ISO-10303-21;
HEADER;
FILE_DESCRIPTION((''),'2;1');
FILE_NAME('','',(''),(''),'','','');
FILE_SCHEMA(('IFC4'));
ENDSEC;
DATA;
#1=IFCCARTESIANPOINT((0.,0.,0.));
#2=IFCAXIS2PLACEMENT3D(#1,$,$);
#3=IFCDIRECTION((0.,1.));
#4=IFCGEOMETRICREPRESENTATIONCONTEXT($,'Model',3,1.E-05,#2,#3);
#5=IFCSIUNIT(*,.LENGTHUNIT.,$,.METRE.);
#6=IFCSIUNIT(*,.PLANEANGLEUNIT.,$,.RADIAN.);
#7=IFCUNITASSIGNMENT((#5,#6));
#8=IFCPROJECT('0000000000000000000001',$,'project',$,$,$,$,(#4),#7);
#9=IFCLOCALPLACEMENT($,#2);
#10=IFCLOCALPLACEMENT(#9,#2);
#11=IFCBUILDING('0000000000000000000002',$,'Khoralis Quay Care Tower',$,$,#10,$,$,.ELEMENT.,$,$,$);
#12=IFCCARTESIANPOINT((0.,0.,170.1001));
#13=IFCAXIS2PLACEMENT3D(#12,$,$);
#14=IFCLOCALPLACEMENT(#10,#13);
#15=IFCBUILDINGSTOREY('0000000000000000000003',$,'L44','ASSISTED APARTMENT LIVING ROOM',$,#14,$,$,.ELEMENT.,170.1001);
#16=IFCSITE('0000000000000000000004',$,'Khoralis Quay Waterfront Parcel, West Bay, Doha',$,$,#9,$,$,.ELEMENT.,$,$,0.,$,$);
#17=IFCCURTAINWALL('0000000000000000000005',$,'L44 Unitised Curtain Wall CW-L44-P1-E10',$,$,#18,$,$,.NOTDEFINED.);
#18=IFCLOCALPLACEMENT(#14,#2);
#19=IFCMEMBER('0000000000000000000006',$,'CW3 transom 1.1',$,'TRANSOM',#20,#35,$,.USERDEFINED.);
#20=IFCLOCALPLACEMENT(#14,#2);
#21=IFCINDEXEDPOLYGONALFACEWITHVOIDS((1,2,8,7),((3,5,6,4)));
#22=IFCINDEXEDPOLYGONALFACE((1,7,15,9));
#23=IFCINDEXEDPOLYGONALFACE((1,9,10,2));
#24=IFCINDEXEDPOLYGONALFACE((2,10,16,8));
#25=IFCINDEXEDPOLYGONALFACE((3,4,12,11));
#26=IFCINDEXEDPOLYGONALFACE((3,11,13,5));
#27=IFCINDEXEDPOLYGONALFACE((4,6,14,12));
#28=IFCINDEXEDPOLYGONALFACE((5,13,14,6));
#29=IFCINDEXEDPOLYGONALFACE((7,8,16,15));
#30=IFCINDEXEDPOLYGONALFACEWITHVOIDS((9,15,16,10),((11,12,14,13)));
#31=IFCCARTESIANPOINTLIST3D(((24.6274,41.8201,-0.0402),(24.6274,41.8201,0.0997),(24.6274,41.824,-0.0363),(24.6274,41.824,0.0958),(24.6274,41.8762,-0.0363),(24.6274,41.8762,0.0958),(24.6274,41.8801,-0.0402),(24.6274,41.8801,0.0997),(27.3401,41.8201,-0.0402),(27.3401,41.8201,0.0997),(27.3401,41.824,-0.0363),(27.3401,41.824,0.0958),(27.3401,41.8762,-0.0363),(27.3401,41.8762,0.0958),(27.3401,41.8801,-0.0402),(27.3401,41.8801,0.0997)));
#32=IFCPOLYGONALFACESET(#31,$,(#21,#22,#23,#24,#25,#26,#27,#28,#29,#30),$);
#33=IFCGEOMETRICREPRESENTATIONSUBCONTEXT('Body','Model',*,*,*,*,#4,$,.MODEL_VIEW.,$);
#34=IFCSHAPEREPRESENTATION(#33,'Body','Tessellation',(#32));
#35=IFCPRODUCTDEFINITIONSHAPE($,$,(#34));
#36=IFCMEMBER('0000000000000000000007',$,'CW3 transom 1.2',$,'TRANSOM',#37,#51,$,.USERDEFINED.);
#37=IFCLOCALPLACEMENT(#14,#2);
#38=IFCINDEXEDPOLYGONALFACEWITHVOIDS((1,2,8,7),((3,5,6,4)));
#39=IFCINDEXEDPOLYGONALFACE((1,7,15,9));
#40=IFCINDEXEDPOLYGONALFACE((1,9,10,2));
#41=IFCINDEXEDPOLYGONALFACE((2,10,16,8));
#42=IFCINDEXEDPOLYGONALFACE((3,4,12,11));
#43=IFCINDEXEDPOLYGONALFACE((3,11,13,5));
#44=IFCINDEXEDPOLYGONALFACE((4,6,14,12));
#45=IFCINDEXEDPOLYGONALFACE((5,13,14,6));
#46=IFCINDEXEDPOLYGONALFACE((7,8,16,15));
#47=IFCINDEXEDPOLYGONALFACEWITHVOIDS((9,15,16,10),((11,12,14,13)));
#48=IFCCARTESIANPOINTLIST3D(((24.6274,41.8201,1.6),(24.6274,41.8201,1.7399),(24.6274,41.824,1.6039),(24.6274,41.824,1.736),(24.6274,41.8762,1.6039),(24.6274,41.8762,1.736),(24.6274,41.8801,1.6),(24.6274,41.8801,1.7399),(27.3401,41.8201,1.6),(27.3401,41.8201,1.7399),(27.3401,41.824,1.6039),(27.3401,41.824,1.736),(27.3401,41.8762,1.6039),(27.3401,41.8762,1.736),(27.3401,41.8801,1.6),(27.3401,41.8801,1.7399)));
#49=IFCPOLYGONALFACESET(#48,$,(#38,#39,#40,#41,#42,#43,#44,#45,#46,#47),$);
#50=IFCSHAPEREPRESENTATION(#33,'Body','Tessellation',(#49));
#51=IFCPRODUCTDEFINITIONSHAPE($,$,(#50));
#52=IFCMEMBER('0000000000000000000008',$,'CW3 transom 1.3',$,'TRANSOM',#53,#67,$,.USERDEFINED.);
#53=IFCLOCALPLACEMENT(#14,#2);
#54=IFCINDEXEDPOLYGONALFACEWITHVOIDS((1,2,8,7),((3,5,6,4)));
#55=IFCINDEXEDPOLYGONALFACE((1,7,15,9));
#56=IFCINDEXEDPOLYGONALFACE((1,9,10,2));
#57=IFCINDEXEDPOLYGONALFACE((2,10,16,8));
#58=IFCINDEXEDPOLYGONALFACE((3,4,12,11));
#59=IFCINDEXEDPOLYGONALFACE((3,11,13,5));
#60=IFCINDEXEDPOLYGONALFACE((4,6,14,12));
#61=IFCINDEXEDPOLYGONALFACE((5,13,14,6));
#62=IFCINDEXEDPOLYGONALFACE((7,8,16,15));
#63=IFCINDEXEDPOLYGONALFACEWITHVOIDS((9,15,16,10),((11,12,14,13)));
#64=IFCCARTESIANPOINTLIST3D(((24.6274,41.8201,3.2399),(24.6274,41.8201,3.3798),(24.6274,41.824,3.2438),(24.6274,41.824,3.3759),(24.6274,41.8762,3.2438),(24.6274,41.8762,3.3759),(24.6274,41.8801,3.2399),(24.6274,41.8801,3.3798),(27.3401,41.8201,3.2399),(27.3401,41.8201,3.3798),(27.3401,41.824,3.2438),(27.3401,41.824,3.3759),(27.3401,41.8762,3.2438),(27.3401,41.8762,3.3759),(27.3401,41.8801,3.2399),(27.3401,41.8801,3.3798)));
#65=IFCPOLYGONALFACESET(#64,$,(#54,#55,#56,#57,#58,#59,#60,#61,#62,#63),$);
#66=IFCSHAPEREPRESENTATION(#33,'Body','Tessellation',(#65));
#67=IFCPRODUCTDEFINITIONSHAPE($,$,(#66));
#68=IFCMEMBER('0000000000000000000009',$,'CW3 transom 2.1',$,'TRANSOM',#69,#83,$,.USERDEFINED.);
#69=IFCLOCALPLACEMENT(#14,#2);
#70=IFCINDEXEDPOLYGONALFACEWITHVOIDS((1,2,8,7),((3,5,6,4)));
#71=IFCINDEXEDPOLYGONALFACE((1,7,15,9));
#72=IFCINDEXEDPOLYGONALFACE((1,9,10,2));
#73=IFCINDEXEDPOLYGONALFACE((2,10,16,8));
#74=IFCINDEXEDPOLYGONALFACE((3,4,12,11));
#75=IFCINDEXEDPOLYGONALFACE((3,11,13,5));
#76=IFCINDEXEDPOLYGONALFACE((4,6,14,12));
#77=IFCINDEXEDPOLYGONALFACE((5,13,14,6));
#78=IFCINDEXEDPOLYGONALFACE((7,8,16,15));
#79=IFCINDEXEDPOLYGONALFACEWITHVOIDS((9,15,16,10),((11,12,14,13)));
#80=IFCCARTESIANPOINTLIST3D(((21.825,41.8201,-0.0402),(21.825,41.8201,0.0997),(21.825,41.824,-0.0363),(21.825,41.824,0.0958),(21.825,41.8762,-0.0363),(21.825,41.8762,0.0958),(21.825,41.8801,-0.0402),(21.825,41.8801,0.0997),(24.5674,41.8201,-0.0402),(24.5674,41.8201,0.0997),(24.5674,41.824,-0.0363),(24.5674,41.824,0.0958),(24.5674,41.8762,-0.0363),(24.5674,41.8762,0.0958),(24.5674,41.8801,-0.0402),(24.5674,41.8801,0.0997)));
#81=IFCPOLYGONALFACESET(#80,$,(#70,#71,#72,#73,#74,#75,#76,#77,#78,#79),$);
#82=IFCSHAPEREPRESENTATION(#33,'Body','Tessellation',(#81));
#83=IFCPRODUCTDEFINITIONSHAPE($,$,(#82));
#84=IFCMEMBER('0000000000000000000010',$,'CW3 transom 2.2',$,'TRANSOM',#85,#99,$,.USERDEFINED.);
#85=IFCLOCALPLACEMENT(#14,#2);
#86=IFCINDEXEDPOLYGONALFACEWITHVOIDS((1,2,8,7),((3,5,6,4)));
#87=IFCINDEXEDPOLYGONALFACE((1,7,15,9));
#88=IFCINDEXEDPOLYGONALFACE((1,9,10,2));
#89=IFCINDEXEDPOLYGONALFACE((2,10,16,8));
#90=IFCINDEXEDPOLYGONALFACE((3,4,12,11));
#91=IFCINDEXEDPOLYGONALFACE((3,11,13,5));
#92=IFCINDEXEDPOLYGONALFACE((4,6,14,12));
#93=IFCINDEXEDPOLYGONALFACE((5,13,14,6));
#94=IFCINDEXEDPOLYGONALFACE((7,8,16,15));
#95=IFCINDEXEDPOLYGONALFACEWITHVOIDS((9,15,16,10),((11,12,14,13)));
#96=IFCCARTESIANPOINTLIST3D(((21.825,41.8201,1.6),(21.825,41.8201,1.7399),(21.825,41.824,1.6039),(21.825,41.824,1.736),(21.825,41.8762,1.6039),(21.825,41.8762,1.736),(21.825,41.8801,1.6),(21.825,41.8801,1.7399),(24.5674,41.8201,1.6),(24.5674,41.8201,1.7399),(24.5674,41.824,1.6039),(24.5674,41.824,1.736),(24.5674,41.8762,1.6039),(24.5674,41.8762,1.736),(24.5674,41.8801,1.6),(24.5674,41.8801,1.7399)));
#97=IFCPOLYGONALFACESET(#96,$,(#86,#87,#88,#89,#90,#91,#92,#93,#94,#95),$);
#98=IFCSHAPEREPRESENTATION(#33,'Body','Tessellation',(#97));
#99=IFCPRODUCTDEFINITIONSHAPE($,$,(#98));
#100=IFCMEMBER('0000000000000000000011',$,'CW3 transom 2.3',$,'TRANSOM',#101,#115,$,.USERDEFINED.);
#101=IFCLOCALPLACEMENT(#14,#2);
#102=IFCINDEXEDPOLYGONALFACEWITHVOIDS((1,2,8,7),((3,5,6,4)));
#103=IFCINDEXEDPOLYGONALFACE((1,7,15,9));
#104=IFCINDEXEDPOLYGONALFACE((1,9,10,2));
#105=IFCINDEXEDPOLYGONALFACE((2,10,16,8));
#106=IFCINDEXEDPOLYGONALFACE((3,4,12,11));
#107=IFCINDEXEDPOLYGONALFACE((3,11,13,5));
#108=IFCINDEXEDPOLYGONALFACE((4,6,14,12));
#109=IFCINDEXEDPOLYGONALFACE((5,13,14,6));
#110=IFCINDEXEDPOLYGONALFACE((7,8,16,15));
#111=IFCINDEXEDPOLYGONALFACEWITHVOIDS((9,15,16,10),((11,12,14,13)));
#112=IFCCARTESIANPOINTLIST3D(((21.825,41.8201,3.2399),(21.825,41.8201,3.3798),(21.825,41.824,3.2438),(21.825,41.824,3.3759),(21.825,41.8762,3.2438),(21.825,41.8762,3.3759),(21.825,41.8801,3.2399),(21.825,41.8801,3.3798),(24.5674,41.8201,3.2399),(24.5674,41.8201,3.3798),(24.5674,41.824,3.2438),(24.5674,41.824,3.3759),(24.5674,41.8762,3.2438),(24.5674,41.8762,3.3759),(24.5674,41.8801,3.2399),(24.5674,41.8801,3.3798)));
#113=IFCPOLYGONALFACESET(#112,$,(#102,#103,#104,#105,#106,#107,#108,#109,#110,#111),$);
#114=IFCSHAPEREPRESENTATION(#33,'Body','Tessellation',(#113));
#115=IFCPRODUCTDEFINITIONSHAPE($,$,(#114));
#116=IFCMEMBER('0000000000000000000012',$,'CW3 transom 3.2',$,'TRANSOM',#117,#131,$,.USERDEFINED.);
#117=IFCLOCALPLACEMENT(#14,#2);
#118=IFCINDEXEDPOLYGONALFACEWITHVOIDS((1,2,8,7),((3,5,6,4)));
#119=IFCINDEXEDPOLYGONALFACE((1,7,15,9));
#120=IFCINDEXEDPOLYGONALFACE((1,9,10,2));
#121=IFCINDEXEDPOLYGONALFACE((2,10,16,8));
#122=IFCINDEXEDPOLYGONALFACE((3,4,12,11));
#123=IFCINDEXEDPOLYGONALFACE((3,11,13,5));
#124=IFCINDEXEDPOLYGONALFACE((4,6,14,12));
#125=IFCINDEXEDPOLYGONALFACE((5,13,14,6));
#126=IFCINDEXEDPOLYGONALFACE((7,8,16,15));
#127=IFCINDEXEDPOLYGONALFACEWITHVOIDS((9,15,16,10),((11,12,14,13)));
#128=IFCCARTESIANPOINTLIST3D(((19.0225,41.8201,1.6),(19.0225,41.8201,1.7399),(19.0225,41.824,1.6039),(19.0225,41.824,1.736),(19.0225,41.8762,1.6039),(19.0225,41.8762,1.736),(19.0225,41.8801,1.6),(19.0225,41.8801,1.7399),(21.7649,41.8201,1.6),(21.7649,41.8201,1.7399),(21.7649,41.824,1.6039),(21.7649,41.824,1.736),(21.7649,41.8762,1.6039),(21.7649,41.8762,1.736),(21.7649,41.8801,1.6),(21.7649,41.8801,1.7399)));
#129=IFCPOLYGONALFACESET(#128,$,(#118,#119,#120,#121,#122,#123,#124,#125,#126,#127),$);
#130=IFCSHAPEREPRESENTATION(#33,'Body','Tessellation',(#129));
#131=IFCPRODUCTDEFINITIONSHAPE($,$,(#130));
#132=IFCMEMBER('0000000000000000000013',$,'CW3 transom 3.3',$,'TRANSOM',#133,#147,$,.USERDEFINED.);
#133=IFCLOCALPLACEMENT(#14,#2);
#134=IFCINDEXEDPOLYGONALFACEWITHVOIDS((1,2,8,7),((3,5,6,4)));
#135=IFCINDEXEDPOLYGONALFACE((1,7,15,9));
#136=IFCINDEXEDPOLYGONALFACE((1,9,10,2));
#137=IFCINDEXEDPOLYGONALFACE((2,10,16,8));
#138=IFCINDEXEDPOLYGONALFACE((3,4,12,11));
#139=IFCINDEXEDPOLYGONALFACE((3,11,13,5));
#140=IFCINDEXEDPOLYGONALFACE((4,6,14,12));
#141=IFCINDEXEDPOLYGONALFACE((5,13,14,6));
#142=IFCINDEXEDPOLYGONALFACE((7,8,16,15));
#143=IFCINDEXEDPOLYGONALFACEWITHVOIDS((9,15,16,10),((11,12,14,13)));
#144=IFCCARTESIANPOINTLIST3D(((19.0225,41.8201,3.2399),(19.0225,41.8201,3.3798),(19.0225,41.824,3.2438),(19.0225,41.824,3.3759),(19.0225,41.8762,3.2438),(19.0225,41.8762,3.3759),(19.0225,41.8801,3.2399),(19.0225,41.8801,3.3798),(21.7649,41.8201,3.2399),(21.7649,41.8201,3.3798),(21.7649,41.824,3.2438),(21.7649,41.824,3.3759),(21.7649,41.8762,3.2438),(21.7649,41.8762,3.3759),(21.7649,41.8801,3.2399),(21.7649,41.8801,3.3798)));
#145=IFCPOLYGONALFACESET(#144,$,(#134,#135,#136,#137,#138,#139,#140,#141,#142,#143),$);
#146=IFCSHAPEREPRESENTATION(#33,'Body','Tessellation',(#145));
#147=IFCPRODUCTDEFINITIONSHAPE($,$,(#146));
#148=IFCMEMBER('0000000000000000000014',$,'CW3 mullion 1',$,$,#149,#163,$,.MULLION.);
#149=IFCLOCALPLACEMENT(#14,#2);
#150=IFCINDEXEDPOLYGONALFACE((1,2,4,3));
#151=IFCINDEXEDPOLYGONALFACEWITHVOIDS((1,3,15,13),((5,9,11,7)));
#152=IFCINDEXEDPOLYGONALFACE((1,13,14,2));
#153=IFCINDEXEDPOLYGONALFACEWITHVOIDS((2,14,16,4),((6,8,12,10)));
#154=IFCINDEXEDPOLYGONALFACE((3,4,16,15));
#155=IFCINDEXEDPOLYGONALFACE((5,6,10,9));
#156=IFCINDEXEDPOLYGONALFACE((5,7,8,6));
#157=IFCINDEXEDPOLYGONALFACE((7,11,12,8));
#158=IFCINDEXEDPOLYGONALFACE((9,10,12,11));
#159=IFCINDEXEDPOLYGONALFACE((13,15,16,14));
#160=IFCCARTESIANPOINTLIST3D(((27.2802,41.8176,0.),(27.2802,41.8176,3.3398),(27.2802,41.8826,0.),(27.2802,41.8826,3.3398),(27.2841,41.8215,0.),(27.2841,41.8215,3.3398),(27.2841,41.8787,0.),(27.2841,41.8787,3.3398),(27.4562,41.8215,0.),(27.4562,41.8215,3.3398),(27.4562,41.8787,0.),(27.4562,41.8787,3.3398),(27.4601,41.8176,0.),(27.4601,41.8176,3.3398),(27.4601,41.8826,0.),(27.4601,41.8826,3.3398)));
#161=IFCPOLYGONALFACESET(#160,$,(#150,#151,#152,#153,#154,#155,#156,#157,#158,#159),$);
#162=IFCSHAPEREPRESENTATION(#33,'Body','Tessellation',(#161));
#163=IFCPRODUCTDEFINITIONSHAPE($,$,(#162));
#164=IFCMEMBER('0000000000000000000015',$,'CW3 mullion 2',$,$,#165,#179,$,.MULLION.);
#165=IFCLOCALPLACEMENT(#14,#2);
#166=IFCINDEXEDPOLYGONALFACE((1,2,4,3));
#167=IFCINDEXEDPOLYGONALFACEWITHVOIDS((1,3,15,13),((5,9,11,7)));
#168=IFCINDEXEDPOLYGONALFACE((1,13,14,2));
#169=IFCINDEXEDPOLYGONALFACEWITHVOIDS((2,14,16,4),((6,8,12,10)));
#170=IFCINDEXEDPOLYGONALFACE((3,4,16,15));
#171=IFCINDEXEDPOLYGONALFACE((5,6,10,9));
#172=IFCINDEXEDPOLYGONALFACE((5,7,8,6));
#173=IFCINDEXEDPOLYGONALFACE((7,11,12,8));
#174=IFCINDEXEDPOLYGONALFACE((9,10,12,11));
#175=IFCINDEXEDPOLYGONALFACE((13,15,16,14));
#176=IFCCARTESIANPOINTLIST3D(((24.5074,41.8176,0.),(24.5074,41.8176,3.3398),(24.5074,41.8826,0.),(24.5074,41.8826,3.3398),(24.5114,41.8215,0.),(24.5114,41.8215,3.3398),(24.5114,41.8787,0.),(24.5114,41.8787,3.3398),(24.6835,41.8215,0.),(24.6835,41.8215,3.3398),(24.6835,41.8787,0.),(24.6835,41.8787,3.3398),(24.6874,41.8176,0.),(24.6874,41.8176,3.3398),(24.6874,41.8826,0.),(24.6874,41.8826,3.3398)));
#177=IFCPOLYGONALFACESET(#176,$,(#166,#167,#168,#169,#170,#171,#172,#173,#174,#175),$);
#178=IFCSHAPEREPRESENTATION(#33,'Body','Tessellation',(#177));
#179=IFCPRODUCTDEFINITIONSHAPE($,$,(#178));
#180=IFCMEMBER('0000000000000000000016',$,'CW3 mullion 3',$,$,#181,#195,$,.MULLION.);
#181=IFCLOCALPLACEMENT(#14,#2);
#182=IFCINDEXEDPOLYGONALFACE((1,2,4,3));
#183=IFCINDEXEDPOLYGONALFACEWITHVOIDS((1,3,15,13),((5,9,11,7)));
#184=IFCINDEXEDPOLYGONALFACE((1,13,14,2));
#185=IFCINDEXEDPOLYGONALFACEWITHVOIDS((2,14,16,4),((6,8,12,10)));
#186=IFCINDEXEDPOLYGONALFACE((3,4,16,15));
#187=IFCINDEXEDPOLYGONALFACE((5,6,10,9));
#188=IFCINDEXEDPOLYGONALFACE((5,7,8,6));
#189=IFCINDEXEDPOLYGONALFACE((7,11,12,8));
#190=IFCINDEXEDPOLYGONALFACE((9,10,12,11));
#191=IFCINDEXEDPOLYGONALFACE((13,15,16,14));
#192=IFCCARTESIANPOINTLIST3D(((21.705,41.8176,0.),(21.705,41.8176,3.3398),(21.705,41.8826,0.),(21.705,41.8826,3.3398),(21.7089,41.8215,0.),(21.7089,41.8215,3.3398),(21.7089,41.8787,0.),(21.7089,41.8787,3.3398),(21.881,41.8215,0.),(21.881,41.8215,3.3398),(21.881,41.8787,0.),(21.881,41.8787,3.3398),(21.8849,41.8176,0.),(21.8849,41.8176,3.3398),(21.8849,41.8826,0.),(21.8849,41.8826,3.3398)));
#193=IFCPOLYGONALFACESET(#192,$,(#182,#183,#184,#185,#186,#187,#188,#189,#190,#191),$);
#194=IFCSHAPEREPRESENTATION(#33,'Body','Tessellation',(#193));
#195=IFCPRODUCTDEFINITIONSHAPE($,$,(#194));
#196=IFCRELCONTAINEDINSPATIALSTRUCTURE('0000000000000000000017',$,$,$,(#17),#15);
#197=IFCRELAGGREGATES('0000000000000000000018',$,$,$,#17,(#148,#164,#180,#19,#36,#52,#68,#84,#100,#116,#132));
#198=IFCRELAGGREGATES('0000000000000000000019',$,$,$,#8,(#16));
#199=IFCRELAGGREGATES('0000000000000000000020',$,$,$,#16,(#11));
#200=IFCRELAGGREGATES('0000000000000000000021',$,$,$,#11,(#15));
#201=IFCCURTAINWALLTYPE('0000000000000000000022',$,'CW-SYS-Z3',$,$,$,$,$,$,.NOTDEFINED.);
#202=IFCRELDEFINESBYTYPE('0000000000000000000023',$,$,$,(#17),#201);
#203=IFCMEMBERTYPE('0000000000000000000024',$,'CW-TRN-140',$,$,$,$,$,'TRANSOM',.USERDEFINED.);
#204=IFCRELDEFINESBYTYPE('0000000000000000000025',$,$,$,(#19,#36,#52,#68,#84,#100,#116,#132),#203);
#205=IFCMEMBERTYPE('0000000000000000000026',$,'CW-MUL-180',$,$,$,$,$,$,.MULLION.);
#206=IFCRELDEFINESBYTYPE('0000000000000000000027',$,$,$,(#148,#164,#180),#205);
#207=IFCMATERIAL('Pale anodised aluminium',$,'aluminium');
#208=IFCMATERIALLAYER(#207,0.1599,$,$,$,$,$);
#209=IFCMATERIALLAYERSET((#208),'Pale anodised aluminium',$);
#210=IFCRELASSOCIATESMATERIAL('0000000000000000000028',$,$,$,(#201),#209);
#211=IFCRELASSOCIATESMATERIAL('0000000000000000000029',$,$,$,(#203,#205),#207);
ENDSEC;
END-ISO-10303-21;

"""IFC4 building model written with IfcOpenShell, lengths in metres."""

from ifc_helpers import new_model, si_unit, direction, frame, origin, origin_2d, place, context, subcontext, project, spatial, hollow_rectangle, extrude, source, transform, mapped, material, layer, layer_set, material_profile, profile_set, type_object, element, aggregate, save


model = new_model("IFC4")

# Units and contexts
model_context = context("Model", 3, precision=1e-05, world=origin(), true_north=direction((0.0, 1.0)))
body_context = subcontext(model_context, "Body", "Model", "MODEL_VIEW")
ifc_project = project(units=[si_unit("LENGTHUNIT", "METRE"), si_unit("PLANEANGLEUNIT", "RADIAN")], contexts=[model_context])

# Site, building, storey
site_placement = place(None, origin())
site = spatial("IfcSite", under=ifc_project, at=site_placement, Name="Khoralis Quay Waterfront Parcel, West Bay, Doha", CompositionType="ELEMENT", RefElevation=0.0)
building_placement = place(site_placement, origin())
building = spatial("IfcBuilding", under=site, at=building_placement, Name="Khoralis Quay Care Tower", CompositionType="ELEMENT")
storey_placement = place(building_placement, frame((0.0, 0.0, 170.1001)))
storey = spatial("IfcBuildingStorey", under=building, at=storey_placement, Name="L44", Description="ASSISTED APARTMENT LIVING ROOM", CompositionType="ELEMENT", Elevation=170.1001)

# Curtain wall, members
ifc_material_1 = material(Name="Pale anodised aluminium", Category="aluminium")
ifc_layer_1 = layer(ifc_material_1, 0.1599)
ifc_layer_set_1 = layer_set([ifc_layer_1], Name="Pale anodised aluminium")
curtain_wall_type = type_object("IfcCurtainWallType", Name="CW-SYS-Z3", PredefinedType="NOTDEFINED", material=ifc_layer_set_1)
curtain_wall_placement = place(storey_placement, origin())
curtain_wall = element("IfcCurtainWall", 1, at=curtain_wall_placement, inside=storey, type_object=curtain_wall_type, Name="L44 Unitised Curtain Wall CW-L44-P1-E10", PredefinedType="NOTDEFINED")
ifc_material_profile_1 = material_profile(ifc_material_1, hollow_rectangle(XDim=0.0601, YDim=0.1399, WallThickness=0.0039, at=origin_2d()), Name="Pale anodised aluminium")
ifc_profile_set_1 = profile_set([ifc_material_profile_1], Name="Pale anodised aluminium")
member_type_1 = type_object("IfcMemberType", Name="CW-TRN-140", ElementType="TRANSOM", PredefinedType="USERDEFINED", material=ifc_profile_set_1)
shared_shape_1 = source(origin(), body_context, "Body", "SweptSolid", [
    extrude(hollow_rectangle(XDim=0.0601, YDim=0.1399, WallThickness=0.0039, at=origin_2d()), origin(), (0.0, 0.0, 1.0), 2.7126),
])
member_1_placement = place(storey_placement, frame((27.3401, 41.8501, 0.0298), z_axis=(-1.0, 0.0, 0.0), x_axis=(0.0, -1.0, 0.0)))
member_1 = element("IfcMember", 2, at=member_1_placement, type_object=member_type_1, Name="CW3 transom 1.1", ObjectType="TRANSOM", PredefinedType="USERDEFINED", context=body_context, shape_type="MappedRepresentation", body=[
    mapped(shared_shape_1, transform((0.0, 0.0, 0.0), scale=1.0)),
])
member_2_placement = place(storey_placement, frame((27.3401, 41.8501, 1.6699), z_axis=(-1.0, 0.0, 0.0), x_axis=(0.0, -1.0, 0.0)))
member_2 = element("IfcMember", 3, at=member_2_placement, type_object=member_type_1, Name="CW3 transom 1.2", ObjectType="TRANSOM", PredefinedType="USERDEFINED", context=body_context, shape_type="MappedRepresentation", body=[
    mapped(shared_shape_1, transform((0.0, 0.0, 0.0), scale=1.0)),
])
member_3_placement = place(storey_placement, frame((27.3401, 41.8501, 3.3098), z_axis=(-1.0, 0.0, 0.0), x_axis=(0.0, -1.0, 0.0)))
member_3 = element("IfcMember", 4, at=member_3_placement, type_object=member_type_1, Name="CW3 transom 1.3", ObjectType="TRANSOM", PredefinedType="USERDEFINED", context=body_context, shape_type="MappedRepresentation", body=[
    mapped(shared_shape_1, transform((0.0, 0.0, 0.0), scale=1.0)),
])
shared_shape_2 = source(origin(), body_context, "Body", "SweptSolid", [
    extrude(hollow_rectangle(XDim=0.0601, YDim=0.1399, WallThickness=0.0039, at=origin_2d()), origin(), (0.0, 0.0, 1.0), 2.7424),
])
member_4_placement = place(storey_placement, frame((24.5674, 41.8501, 0.0298), z_axis=(-1.0, 0.0, 0.0), x_axis=(0.0, -1.0, 0.0)))
member_4 = element("IfcMember", 5, at=member_4_placement, type_object=member_type_1, Name="CW3 transom 2.1", ObjectType="TRANSOM", PredefinedType="USERDEFINED", context=body_context, shape_type="MappedRepresentation", body=[
    mapped(shared_shape_2, transform((0.0, 0.0, 0.0), scale=1.0)),
])
member_5_placement = place(storey_placement, frame((24.5674, 41.8501, 1.6699), z_axis=(-1.0, 0.0, 0.0), x_axis=(0.0, -1.0, 0.0)))
member_5 = element("IfcMember", 6, at=member_5_placement, type_object=member_type_1, Name="CW3 transom 2.2", ObjectType="TRANSOM", PredefinedType="USERDEFINED", context=body_context, shape_type="MappedRepresentation", body=[
    mapped(shared_shape_2, transform((0.0, 0.0, 0.0), scale=1.0)),
])
member_6_placement = place(storey_placement, frame((24.5674, 41.8501, 3.3098), z_axis=(-1.0, 0.0, 0.0), x_axis=(0.0, -1.0, 0.0)))
member_6 = element("IfcMember", 7, at=member_6_placement, type_object=member_type_1, Name="CW3 transom 2.3", ObjectType="TRANSOM", PredefinedType="USERDEFINED", context=body_context, shape_type="MappedRepresentation", body=[
    mapped(shared_shape_2, transform((0.0, 0.0, 0.0), scale=1.0)),
])
member_7_placement = place(storey_placement, frame((21.7649, 41.8501, 1.6699), z_axis=(-1.0, 0.0, 0.0), x_axis=(0.0, -1.0, 0.0)))
member_7 = element("IfcMember", 8, at=member_7_placement, type_object=member_type_1, Name="CW3 transom 3.2", ObjectType="TRANSOM", PredefinedType="USERDEFINED", context=body_context, shape_type="MappedRepresentation", body=[
    mapped(shared_shape_2, transform((0.0, 0.0, 0.0), scale=1.0)),
])
member_8_placement = place(storey_placement, frame((21.7649, 41.8501, 3.3098), z_axis=(-1.0, 0.0, 0.0), x_axis=(0.0, -1.0, 0.0)))
member_8 = element("IfcMember", 9, at=member_8_placement, type_object=member_type_1, Name="CW3 transom 3.3", ObjectType="TRANSOM", PredefinedType="USERDEFINED", context=body_context, shape_type="MappedRepresentation", body=[
    mapped(shared_shape_2, transform((0.0, 0.0, 0.0), scale=1.0)),
])
ifc_material_profile_2 = material_profile(ifc_material_1, hollow_rectangle(XDim=0.0649, YDim=0.1799, WallThickness=0.0039, at=origin_2d()), Name="Pale anodised aluminium")
ifc_profile_set_2 = profile_set([ifc_material_profile_2], Name="Pale anodised aluminium")
member_type_2 = type_object("IfcMemberType", Name="CW-MUL-180", PredefinedType="MULLION", material=ifc_profile_set_2)
shared_shape_3 = source(origin(), body_context, "Body", "SweptSolid", [
    extrude(hollow_rectangle(XDim=0.0649, YDim=0.1799, WallThickness=0.0039, at=origin_2d()), origin(), (0.0, 0.0, 1.0), 3.3398),
])
member_9_placement = place(storey_placement, frame((27.3701, 41.8501, 0.0), z_axis=(0.0, 0.0, 1.0), x_axis=(0.0, -1.0, 0.0)))
member_9 = element("IfcMember", 10, at=member_9_placement, type_object=member_type_2, Name="CW3 mullion 1", PredefinedType="MULLION", context=body_context, shape_type="MappedRepresentation", body=[
    mapped(shared_shape_3, transform((0.0, 0.0, 0.0), scale=1.0)),
])
member_10_placement = place(storey_placement, frame((24.5974, 41.8501, 0.0), z_axis=(0.0, 0.0, 1.0), x_axis=(0.0, -1.0, 0.0)))
member_10 = element("IfcMember", 11, at=member_10_placement, type_object=member_type_2, Name="CW3 mullion 2", PredefinedType="MULLION", context=body_context, shape_type="MappedRepresentation", body=[
    mapped(shared_shape_3, transform((0.0, 0.0, 0.0), scale=1.0)),
])
member_11_placement = place(storey_placement, frame((21.7949, 41.8501, 0.0), z_axis=(0.0, 0.0, 1.0), x_axis=(0.0, -1.0, 0.0)))
member_11 = element("IfcMember", 12, at=member_11_placement, type_object=member_type_2, Name="CW3 mullion 3", PredefinedType="MULLION", context=body_context, shape_type="MappedRepresentation", body=[
    mapped(shared_shape_3, transform((0.0, 0.0, 0.0), scale=1.0)),
])
aggregate(curtain_wall, [member_9, member_10, member_11, member_1, member_2, member_3, member_4, member_5, member_6, member_7, member_8])

save(model, "model.ifc")
